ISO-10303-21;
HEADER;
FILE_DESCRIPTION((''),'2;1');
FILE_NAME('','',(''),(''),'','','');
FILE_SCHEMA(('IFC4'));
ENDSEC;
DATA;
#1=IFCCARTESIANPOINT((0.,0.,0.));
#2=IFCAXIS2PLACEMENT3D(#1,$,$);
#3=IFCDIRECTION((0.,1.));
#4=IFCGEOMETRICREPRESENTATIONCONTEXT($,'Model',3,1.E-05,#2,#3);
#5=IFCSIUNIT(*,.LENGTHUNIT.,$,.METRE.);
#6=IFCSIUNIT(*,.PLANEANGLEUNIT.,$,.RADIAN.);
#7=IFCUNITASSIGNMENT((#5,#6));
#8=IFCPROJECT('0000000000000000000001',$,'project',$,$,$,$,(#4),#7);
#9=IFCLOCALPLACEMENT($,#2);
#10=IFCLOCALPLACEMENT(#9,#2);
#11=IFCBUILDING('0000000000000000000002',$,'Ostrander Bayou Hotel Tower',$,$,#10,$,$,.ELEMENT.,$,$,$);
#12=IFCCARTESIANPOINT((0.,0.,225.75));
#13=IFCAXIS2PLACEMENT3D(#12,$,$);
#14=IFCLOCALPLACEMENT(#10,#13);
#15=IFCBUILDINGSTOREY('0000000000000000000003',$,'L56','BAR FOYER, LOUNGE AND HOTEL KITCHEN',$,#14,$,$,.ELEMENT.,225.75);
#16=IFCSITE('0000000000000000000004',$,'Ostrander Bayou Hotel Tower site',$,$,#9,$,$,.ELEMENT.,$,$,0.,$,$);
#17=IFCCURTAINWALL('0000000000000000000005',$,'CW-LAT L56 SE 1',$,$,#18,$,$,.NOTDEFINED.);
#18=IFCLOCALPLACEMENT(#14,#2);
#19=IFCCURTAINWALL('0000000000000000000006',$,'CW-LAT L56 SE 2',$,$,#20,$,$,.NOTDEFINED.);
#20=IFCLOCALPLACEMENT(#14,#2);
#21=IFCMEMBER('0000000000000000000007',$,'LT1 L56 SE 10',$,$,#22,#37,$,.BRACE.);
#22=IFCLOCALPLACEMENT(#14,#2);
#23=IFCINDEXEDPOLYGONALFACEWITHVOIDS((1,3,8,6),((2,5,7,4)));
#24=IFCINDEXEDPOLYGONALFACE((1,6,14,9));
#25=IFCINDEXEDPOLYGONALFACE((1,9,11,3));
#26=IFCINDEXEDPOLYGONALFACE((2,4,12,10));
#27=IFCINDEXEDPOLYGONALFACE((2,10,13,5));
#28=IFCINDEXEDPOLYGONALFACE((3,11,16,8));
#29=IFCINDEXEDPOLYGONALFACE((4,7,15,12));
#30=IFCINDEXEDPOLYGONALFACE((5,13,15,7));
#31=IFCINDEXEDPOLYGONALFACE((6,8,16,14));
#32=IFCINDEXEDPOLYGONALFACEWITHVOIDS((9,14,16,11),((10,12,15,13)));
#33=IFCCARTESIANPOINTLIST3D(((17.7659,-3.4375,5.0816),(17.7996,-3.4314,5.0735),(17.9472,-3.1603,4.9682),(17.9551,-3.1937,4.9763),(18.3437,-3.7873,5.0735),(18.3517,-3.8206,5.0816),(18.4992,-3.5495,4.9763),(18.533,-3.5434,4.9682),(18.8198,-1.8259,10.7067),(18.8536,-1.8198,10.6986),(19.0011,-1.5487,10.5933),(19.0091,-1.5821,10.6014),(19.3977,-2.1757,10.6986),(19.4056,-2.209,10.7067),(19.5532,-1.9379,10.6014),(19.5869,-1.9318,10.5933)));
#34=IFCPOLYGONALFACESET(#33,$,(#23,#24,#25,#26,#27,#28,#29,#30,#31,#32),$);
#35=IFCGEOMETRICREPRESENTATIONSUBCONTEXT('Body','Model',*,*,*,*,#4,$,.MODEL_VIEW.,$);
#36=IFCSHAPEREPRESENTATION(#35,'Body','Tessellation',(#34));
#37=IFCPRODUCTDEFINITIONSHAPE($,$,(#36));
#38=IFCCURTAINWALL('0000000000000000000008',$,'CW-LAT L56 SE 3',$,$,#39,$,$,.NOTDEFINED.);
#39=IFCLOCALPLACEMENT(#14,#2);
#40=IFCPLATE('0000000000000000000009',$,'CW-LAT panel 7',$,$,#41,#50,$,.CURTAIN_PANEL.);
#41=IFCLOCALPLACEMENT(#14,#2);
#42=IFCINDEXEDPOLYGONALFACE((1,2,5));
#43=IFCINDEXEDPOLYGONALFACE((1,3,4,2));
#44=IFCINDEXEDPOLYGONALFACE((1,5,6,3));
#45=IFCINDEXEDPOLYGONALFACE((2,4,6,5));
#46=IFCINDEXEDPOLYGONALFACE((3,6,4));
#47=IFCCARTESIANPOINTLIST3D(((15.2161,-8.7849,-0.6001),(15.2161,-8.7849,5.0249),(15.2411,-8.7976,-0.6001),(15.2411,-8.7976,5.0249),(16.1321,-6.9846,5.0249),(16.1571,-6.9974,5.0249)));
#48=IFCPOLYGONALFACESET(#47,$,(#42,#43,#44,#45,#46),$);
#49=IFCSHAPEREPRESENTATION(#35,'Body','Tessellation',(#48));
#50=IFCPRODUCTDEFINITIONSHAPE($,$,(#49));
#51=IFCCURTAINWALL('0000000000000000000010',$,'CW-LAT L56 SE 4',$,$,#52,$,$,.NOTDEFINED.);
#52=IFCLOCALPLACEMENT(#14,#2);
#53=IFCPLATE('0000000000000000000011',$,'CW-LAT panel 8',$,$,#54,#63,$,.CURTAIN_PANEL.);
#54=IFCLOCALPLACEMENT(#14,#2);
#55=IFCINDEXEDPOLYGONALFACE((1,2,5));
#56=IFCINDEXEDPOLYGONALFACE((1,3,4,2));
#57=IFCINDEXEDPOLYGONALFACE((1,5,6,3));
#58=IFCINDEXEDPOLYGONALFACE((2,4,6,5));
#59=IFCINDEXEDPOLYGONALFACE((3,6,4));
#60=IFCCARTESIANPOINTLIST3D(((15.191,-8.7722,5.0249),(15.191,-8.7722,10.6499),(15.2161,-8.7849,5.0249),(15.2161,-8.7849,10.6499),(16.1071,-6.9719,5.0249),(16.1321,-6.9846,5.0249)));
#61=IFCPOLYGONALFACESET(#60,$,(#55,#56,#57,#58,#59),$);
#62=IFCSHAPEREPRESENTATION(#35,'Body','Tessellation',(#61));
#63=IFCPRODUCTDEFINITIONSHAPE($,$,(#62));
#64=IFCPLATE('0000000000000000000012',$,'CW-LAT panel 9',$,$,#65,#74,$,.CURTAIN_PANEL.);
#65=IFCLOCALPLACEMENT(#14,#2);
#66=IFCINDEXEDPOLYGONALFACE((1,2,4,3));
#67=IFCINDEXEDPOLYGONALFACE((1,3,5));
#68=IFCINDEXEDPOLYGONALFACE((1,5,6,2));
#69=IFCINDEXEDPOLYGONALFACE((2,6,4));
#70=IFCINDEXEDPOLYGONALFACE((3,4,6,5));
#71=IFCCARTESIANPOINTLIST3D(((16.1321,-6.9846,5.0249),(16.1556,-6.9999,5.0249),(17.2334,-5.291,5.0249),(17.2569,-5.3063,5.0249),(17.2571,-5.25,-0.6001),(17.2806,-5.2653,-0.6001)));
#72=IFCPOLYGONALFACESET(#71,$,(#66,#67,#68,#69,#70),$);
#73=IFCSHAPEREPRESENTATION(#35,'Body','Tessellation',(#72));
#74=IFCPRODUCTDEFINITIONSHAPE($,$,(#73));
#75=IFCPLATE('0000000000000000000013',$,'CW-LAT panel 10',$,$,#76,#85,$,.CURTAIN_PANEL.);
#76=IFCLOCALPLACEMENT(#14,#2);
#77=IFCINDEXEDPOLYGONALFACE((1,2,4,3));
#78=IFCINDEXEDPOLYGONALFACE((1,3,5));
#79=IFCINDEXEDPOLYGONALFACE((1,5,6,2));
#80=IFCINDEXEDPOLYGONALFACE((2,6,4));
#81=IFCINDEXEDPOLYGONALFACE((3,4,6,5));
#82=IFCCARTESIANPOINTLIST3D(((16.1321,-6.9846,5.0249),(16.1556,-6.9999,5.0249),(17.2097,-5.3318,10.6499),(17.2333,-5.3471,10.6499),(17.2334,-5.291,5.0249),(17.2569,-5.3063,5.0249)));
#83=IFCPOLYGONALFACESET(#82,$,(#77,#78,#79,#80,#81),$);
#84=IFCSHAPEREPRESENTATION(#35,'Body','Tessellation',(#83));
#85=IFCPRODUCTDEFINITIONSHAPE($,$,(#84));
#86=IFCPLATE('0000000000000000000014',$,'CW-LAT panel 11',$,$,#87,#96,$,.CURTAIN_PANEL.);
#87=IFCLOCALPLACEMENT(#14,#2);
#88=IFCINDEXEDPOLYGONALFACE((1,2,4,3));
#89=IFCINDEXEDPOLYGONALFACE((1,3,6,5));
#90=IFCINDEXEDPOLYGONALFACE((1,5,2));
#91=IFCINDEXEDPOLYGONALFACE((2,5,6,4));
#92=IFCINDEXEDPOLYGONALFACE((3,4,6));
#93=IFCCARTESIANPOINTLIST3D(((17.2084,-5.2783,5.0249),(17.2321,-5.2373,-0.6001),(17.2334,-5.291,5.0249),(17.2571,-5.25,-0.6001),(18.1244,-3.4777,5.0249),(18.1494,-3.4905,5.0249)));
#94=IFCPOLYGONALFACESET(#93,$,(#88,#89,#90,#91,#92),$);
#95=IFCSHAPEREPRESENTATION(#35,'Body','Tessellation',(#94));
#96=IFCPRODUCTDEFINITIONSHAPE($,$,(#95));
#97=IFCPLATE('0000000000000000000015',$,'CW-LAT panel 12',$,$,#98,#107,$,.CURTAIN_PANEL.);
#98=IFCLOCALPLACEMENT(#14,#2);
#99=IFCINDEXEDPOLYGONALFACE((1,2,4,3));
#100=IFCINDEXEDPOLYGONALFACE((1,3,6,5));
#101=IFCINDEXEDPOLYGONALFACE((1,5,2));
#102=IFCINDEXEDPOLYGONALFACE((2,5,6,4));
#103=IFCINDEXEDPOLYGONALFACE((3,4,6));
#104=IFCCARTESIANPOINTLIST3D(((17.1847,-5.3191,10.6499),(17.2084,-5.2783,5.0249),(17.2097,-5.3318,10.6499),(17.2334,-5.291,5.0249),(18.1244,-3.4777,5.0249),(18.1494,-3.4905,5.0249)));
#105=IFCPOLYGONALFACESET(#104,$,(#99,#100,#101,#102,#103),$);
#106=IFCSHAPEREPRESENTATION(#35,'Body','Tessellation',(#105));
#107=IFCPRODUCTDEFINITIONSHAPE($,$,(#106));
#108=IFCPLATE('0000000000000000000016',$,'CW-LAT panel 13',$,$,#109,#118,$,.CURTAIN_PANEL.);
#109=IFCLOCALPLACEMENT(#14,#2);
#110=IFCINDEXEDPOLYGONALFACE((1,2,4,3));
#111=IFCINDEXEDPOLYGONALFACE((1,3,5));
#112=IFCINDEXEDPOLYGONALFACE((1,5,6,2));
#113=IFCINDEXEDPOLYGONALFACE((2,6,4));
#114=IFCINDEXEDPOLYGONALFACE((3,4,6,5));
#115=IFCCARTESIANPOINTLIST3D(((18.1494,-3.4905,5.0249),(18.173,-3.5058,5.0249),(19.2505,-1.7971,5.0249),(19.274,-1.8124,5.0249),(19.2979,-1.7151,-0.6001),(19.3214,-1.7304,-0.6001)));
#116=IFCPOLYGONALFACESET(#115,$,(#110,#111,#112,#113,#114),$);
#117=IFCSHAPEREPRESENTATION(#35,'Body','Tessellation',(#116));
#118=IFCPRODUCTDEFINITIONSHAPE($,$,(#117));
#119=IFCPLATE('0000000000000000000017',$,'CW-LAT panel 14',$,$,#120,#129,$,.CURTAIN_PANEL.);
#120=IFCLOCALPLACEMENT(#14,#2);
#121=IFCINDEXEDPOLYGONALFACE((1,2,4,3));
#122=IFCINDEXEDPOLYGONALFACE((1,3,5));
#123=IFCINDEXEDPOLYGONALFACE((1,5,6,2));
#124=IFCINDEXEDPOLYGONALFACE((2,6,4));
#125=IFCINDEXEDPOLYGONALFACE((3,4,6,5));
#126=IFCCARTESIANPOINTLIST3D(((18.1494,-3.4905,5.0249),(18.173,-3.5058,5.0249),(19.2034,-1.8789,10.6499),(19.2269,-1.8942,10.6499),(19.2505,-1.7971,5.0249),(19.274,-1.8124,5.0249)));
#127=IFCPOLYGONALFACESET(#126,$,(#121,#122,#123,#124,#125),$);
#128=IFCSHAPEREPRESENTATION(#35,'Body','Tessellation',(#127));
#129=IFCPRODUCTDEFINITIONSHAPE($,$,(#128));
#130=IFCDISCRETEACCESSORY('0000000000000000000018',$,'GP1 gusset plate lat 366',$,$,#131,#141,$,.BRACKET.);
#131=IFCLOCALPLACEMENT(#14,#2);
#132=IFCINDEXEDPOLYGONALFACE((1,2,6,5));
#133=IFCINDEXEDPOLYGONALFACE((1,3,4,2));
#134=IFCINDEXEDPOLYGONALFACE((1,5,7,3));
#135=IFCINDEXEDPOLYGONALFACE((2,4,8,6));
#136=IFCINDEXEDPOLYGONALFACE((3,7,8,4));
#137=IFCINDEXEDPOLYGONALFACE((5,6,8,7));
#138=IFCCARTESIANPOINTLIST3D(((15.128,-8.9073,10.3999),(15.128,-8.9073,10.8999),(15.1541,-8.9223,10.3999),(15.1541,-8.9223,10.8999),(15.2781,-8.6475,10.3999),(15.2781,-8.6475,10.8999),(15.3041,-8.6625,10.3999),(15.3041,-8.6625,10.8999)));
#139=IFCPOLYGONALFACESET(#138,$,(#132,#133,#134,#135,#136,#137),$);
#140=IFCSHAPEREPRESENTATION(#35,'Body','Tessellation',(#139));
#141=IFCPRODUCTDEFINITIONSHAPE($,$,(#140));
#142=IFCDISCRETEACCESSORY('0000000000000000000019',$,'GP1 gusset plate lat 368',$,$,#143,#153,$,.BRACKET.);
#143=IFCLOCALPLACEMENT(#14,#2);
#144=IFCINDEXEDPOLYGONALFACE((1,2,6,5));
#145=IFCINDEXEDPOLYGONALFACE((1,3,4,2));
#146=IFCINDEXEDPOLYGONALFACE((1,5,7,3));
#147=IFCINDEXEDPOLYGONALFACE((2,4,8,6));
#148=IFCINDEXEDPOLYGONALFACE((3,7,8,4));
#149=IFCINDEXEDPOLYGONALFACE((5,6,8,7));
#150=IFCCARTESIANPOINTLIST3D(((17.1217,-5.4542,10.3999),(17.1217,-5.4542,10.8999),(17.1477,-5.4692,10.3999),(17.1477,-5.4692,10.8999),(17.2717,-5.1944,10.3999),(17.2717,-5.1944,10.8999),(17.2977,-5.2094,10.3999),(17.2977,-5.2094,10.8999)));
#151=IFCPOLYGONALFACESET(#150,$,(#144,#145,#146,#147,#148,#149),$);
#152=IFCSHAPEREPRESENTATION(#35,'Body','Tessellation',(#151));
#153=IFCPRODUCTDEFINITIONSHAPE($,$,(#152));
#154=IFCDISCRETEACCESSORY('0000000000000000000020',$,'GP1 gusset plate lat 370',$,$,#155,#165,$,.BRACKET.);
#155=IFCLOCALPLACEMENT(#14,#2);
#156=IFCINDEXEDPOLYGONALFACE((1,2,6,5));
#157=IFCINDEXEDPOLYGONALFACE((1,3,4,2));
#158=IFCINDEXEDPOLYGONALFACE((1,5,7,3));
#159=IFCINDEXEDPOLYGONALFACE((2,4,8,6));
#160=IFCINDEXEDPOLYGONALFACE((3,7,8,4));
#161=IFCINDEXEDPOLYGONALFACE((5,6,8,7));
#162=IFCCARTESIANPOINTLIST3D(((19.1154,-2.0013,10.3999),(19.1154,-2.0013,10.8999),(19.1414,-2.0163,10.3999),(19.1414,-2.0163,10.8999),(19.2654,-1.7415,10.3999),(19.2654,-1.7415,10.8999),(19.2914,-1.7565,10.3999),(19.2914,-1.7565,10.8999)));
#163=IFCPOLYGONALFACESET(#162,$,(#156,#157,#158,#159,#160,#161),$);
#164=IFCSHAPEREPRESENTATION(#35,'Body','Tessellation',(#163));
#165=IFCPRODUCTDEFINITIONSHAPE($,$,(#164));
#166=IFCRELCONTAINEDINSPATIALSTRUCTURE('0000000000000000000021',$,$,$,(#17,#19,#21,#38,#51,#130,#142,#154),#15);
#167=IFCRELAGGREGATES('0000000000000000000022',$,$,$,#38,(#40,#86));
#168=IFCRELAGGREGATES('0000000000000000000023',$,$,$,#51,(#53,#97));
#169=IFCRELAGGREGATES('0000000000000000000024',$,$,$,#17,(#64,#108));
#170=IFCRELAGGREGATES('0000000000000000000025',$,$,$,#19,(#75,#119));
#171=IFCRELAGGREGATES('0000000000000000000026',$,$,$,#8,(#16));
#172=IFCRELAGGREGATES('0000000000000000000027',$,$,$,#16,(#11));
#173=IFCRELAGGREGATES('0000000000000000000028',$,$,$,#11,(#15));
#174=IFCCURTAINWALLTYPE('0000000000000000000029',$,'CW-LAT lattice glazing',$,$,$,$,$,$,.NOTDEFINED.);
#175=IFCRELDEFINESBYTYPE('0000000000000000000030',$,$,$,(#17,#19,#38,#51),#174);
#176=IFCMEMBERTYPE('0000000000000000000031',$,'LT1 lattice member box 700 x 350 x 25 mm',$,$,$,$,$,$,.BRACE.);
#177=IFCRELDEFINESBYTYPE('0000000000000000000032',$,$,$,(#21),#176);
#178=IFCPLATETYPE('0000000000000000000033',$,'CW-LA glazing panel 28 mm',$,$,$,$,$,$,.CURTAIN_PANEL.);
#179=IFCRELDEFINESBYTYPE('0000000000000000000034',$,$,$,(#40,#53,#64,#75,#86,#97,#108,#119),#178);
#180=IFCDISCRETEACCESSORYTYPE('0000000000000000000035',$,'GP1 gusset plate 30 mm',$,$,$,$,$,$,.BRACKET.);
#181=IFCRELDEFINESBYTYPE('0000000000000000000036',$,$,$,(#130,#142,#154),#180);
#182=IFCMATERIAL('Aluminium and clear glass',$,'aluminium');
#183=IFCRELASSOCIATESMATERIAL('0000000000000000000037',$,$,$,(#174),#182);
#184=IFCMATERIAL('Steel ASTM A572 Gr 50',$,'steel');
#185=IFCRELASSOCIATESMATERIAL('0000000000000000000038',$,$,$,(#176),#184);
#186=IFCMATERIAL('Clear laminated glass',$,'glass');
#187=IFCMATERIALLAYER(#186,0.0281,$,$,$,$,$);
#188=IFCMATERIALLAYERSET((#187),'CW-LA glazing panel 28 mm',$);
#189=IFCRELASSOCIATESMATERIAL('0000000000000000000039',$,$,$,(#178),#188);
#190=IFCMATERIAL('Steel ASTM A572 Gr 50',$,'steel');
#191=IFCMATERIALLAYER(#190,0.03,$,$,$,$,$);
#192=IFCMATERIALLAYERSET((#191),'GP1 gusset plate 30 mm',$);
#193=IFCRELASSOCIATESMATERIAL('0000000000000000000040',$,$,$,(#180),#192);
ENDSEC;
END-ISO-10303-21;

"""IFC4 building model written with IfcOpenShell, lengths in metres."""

from ifc_helpers import new_model, si_unit, direction, frame, origin, origin_2d, place, context, subcontext, project, spatial, polyline, rectangle, hollow_rectangle, outline, extrude, material, layer, layer_set, material_profile, profile_set, type_object, element, aggregate, save


model = new_model("IFC4")

# Units and contexts
model_context = context("Model", 3, precision=1e-05, world=origin(), true_north=direction((0.0, 1.0)))
body_context = subcontext(model_context, "Body", "Model", "MODEL_VIEW")
ifc_project = project(units=[si_unit("LENGTHUNIT", "METRE"), si_unit("PLANEANGLEUNIT", "RADIAN")], contexts=[model_context])

# Site, building, storey
site_placement = place(None, origin())
site = spatial("IfcSite", under=ifc_project, at=site_placement, Name="Ostrander Bayou Hotel Tower site", CompositionType="ELEMENT", RefElevation=0.0)
building_placement = place(site_placement, origin())
building = spatial("IfcBuilding", under=site, at=building_placement, Name="Ostrander Bayou Hotel Tower", CompositionType="ELEMENT")
storey_placement = place(building_placement, frame((0.0, 0.0, 225.75)))
storey = spatial("IfcBuildingStorey", under=building, at=storey_placement, Name="L56", Description="BAR FOYER, LOUNGE AND HOTEL KITCHEN", CompositionType="ELEMENT", Elevation=225.75)

# Curtain walls
ifc_material_1 = material(Name="Aluminium and clear glass", Category="aluminium")
curtain_wall_type = type_object("IfcCurtainWallType", Name="CW-LAT lattice glazing", PredefinedType="NOTDEFINED", material=ifc_material_1)
curtain_wall_1_placement = place(storey_placement, origin())
curtain_wall_1 = element("IfcCurtainWall", 1, at=curtain_wall_1_placement, inside=storey, type_object=curtain_wall_type, Name="CW-LAT L56 SE 1", PredefinedType="NOTDEFINED")
curtain_wall_2_placement = place(storey_placement, origin())
curtain_wall_2 = element("IfcCurtainWall", 2, at=curtain_wall_2_placement, inside=storey, type_object=curtain_wall_type, Name="CW-LAT L56 SE 2", PredefinedType="NOTDEFINED")

# Member
ifc_material_2 = material(Name="Steel ASTM A572 Gr 50", Category="steel")
ifc_material_profile_1 = material_profile(ifc_material_2, hollow_rectangle(XDim=0.7, YDim=0.3501, WallThickness=0.0249, at=origin_2d()))
ifc_profile_set_1 = profile_set([ifc_material_profile_1], Name="Steel ASTM A572 Gr 50")
member_type_1 = type_object("IfcMemberType", Name="LT1 lattice member box 700 x 350 x 25 mm", PredefinedType="BRACE", material=ifc_profile_set_1)
member_1_placement = place(storey_placement, frame((18.1494, -3.4905, 5.0249), z_axis=(0.17727, 0.271059, 0.946098), x_axis=(-0.836914, 0.547335, 0.0)))
element("IfcMember", 3, at=member_1_placement, inside=storey, type_object=member_type_1, Name="LT1 L56 SE 10", PredefinedType="BRACE", context=body_context, shape_type="SweptSolid", body=[
    extrude(hollow_rectangle(XDim=0.7, YDim=0.3501, WallThickness=0.0249, at=origin_2d()), origin(), (0.0, 0.0, 1.0), 5.9456),
])

# Curtain walls, plates
curtain_wall_3_placement = place(storey_placement, origin())
curtain_wall_3 = element("IfcCurtainWall", 4, at=curtain_wall_3_placement, inside=storey, type_object=curtain_wall_type, Name="CW-LAT L56 SE 3", PredefinedType="NOTDEFINED")
ifc_material_3 = material(Name="Clear laminated glass", Category="glass")
ifc_layer_1 = layer(ifc_material_3, 0.0281)
ifc_layer_set_1 = layer_set([ifc_layer_1], Name="CW-LA glazing panel 28 mm")
plate_type = type_object("IfcPlateType", Name="CW-LA glazing panel 28 mm", PredefinedType="CURTAIN_PANEL", material=ifc_layer_set_1)
plate_1_placement = place(storey_placement, frame((16.1321, -6.9846, 5.0249), z_axis=(-0.891263, 0.453488, 0.0), x_axis=(-0.153265, -0.301219, -0.941157)))
plate_1 = element("IfcPlate", 5, at=plate_1_placement, type_object=plate_type, Name="CW-LAT panel 7", PredefinedType="CURTAIN_PANEL", context=body_context, shape_type="SweptSolid", body=[
    extrude(outline(polyline([(0.0, 0.0), (5.9767, 0.0), (0.6827, 1.9011), (0.0, 0.0)])), origin(), (0.0, 0.0, -1.0), 0.0281),
])
curtain_wall_4_placement = place(storey_placement, origin())
curtain_wall_4 = element("IfcCurtainWall", 6, at=curtain_wall_4_placement, inside=storey, type_object=curtain_wall_type, Name="CW-LAT L56 SE 4", PredefinedType="NOTDEFINED")
plate_2_placement = place(storey_placement, frame((16.1321, -6.9846, 5.0249), z_axis=(0.891263, -0.453488, 0.0), x_axis=(-0.153265, -0.301219, 0.941157)))
plate_2 = element("IfcPlate", 7, at=plate_2_placement, type_object=plate_type, Name="CW-LAT panel 8", PredefinedType="CURTAIN_PANEL", context=body_context, shape_type="SweptSolid", body=[
    extrude(outline(polyline([(0.0, 0.0), (5.9767, 0.0), (0.6827, 1.9011), (0.0, 0.0)])), origin(), (0.0, 0.0, -1.0), 0.0281),
])

# Plates
plate_3_placement = place(storey_placement, frame((16.1321, -6.9846, 5.0249), z_axis=(-0.838336, 0.545154, 0.000446), x_axis=(0.187721, 0.289444, -0.938607)))
plate_3 = element("IfcPlate", 8, at=plate_3_placement, type_object=plate_type, Name="CW-LAT panel 9", PredefinedType="CURTAIN_PANEL", context=body_context, shape_type="SweptSolid", body=[
    extrude(outline(polyline([(0.0, 0.0), (5.9929, 0.0), (0.6969, -1.8962), (0.0, 0.0)])), origin(), (0.0, 0.0, -1.0), 0.0281),
])
plate_4_placement = place(storey_placement, frame((16.1321, -6.9846, 5.0249), z_axis=(-0.838336, 0.545154, 0.000422), x_axis=(0.180781, 0.277273, 0.94363)))
plate_4 = element("IfcPlate", 9, at=plate_4_placement, type_object=plate_type, Name="CW-LAT panel 10", PredefinedType="CURTAIN_PANEL", context=body_context, shape_type="SweptSolid", body=[
    extrude(outline(polyline([(0.0, 0.0), (5.961, 0.0), (0.6687, 1.9063), (0.0, 0.0)])), origin(), (0.0, 0.0, -1.0), 0.0281),
])
plate_5_placement = place(storey_placement, frame((18.1494, -3.4905, 5.0249), z_axis=(0.891287, -0.453439, 0.000446), x_axis=(-0.149697, -0.295175, -0.943643)))
plate_5 = element("IfcPlate", 10, at=plate_5_placement, type_object=plate_type, Name="CW-LAT panel 11", PredefinedType="CURTAIN_PANEL", context=body_context, shape_type="SweptSolid", body=[
    extrude(outline(polyline([(0.0, 0.0), (5.9609, 0.0), (0.6686, -1.9063), (0.0, 0.0)])), origin(), (0.0, 0.0, -1.0), 0.0281),
])
aggregate(curtain_wall_3, [plate_1, plate_5])
plate_6_placement = place(storey_placement, frame((18.1494, -3.4905, 5.0249), z_axis=(0.891287, -0.453439, 0.000466), x_axis=(-0.156803, -0.307252, 0.938621)))
plate_6 = element("IfcPlate", 11, at=plate_6_placement, type_object=plate_type, Name="CW-LAT panel 12", PredefinedType="CURTAIN_PANEL", context=body_context, shape_type="SweptSolid", body=[
    extrude(outline(polyline([(0.0, 0.0), (5.9928, 0.0), (0.6969, 1.8962), (0.0, 0.0)])), origin(), (0.0, 0.0, -1.0), 0.0281),
])
aggregate(curtain_wall_4, [plate_2, plate_6])
plate_7_placement = place(storey_placement, frame((18.1494, -3.4905, 5.0249), z_axis=(-0.838355, 0.545124, 0.000891), x_axis=(0.19111, 0.295441, -0.936051)))
plate_7 = element("IfcPlate", 12, at=plate_7_placement, type_object=plate_type, Name="CW-LAT panel 13", PredefinedType="CURTAIN_PANEL", context=body_context, shape_type="SweptSolid", body=[
    extrude(outline(polyline([(0.0, 0.0), (6.0093, 0.0), (0.7107, -1.8907), (0.0, 0.0)])), origin(), (0.0, 0.0, -1.0), 0.0281),
])
aggregate(curtain_wall_1, [plate_3, plate_7])
plate_8_placement = place(storey_placement, frame((18.1494, -3.4905, 5.0249), z_axis=(-0.838355, 0.545124, 0.000903), x_axis=(0.17727, 0.271059, 0.946098)))
plate_8 = element("IfcPlate", 13, at=plate_8_placement, type_object=plate_type, Name="CW-LAT panel 14", PredefinedType="CURTAIN_PANEL", context=body_context, shape_type="SweptSolid", body=[
    extrude(outline(polyline([(0.0, 0.0), (5.9455, 0.0), (0.6542, 1.911), (0.0, 0.0)])), origin(), (0.0, 0.0, -1.0), 0.0281),
])
aggregate(curtain_wall_2, [plate_4, plate_8])

# Discrete accessories
ifc_material_4 = material(Name="Steel ASTM A572 Gr 50", Category="steel")
ifc_layer_2 = layer(ifc_material_4, 0.03)
ifc_layer_set_2 = layer_set([ifc_layer_2], Name="GP1 gusset plate 30 mm")
discrete_accessory_type = type_object("IfcDiscreteAccessoryType", Name="GP1 gusset plate 30 mm", PredefinedType="BRACKET", material=ifc_layer_set_2)
for number, where, z_axis, x_axis, name in (
    (14, (15.2161, -8.7849, 10.3999), (0.0, 0.0, 1.0), (0.5, 0.866025, 0.0), "GP1 gusset plate lat 366"),
    (15, (17.2097, -5.3318, 10.3999), (0.0, 0.0, 1.0), (0.5, 0.866025, 0.0), "GP1 gusset plate lat 368"),
    (16, (19.2034, -1.8789, 10.3999), (0.0, 0.0, 1.0), (0.5, 0.866025, 0.0), "GP1 gusset plate lat 370"),
):
    element("IfcDiscreteAccessory", number, at=place(storey_placement, frame(where, z_axis=z_axis, x_axis=x_axis)), inside=storey, type_object=discrete_accessory_type, Name=name, PredefinedType="BRACKET", context=body_context, shape_type="SweptSolid", body=[
        extrude(rectangle(XDim=0.3, YDim=0.03, at=origin_2d()), origin(), (0.0, 0.0, 1.0), 0.5),
    ])

save(model, "model.ifc")
